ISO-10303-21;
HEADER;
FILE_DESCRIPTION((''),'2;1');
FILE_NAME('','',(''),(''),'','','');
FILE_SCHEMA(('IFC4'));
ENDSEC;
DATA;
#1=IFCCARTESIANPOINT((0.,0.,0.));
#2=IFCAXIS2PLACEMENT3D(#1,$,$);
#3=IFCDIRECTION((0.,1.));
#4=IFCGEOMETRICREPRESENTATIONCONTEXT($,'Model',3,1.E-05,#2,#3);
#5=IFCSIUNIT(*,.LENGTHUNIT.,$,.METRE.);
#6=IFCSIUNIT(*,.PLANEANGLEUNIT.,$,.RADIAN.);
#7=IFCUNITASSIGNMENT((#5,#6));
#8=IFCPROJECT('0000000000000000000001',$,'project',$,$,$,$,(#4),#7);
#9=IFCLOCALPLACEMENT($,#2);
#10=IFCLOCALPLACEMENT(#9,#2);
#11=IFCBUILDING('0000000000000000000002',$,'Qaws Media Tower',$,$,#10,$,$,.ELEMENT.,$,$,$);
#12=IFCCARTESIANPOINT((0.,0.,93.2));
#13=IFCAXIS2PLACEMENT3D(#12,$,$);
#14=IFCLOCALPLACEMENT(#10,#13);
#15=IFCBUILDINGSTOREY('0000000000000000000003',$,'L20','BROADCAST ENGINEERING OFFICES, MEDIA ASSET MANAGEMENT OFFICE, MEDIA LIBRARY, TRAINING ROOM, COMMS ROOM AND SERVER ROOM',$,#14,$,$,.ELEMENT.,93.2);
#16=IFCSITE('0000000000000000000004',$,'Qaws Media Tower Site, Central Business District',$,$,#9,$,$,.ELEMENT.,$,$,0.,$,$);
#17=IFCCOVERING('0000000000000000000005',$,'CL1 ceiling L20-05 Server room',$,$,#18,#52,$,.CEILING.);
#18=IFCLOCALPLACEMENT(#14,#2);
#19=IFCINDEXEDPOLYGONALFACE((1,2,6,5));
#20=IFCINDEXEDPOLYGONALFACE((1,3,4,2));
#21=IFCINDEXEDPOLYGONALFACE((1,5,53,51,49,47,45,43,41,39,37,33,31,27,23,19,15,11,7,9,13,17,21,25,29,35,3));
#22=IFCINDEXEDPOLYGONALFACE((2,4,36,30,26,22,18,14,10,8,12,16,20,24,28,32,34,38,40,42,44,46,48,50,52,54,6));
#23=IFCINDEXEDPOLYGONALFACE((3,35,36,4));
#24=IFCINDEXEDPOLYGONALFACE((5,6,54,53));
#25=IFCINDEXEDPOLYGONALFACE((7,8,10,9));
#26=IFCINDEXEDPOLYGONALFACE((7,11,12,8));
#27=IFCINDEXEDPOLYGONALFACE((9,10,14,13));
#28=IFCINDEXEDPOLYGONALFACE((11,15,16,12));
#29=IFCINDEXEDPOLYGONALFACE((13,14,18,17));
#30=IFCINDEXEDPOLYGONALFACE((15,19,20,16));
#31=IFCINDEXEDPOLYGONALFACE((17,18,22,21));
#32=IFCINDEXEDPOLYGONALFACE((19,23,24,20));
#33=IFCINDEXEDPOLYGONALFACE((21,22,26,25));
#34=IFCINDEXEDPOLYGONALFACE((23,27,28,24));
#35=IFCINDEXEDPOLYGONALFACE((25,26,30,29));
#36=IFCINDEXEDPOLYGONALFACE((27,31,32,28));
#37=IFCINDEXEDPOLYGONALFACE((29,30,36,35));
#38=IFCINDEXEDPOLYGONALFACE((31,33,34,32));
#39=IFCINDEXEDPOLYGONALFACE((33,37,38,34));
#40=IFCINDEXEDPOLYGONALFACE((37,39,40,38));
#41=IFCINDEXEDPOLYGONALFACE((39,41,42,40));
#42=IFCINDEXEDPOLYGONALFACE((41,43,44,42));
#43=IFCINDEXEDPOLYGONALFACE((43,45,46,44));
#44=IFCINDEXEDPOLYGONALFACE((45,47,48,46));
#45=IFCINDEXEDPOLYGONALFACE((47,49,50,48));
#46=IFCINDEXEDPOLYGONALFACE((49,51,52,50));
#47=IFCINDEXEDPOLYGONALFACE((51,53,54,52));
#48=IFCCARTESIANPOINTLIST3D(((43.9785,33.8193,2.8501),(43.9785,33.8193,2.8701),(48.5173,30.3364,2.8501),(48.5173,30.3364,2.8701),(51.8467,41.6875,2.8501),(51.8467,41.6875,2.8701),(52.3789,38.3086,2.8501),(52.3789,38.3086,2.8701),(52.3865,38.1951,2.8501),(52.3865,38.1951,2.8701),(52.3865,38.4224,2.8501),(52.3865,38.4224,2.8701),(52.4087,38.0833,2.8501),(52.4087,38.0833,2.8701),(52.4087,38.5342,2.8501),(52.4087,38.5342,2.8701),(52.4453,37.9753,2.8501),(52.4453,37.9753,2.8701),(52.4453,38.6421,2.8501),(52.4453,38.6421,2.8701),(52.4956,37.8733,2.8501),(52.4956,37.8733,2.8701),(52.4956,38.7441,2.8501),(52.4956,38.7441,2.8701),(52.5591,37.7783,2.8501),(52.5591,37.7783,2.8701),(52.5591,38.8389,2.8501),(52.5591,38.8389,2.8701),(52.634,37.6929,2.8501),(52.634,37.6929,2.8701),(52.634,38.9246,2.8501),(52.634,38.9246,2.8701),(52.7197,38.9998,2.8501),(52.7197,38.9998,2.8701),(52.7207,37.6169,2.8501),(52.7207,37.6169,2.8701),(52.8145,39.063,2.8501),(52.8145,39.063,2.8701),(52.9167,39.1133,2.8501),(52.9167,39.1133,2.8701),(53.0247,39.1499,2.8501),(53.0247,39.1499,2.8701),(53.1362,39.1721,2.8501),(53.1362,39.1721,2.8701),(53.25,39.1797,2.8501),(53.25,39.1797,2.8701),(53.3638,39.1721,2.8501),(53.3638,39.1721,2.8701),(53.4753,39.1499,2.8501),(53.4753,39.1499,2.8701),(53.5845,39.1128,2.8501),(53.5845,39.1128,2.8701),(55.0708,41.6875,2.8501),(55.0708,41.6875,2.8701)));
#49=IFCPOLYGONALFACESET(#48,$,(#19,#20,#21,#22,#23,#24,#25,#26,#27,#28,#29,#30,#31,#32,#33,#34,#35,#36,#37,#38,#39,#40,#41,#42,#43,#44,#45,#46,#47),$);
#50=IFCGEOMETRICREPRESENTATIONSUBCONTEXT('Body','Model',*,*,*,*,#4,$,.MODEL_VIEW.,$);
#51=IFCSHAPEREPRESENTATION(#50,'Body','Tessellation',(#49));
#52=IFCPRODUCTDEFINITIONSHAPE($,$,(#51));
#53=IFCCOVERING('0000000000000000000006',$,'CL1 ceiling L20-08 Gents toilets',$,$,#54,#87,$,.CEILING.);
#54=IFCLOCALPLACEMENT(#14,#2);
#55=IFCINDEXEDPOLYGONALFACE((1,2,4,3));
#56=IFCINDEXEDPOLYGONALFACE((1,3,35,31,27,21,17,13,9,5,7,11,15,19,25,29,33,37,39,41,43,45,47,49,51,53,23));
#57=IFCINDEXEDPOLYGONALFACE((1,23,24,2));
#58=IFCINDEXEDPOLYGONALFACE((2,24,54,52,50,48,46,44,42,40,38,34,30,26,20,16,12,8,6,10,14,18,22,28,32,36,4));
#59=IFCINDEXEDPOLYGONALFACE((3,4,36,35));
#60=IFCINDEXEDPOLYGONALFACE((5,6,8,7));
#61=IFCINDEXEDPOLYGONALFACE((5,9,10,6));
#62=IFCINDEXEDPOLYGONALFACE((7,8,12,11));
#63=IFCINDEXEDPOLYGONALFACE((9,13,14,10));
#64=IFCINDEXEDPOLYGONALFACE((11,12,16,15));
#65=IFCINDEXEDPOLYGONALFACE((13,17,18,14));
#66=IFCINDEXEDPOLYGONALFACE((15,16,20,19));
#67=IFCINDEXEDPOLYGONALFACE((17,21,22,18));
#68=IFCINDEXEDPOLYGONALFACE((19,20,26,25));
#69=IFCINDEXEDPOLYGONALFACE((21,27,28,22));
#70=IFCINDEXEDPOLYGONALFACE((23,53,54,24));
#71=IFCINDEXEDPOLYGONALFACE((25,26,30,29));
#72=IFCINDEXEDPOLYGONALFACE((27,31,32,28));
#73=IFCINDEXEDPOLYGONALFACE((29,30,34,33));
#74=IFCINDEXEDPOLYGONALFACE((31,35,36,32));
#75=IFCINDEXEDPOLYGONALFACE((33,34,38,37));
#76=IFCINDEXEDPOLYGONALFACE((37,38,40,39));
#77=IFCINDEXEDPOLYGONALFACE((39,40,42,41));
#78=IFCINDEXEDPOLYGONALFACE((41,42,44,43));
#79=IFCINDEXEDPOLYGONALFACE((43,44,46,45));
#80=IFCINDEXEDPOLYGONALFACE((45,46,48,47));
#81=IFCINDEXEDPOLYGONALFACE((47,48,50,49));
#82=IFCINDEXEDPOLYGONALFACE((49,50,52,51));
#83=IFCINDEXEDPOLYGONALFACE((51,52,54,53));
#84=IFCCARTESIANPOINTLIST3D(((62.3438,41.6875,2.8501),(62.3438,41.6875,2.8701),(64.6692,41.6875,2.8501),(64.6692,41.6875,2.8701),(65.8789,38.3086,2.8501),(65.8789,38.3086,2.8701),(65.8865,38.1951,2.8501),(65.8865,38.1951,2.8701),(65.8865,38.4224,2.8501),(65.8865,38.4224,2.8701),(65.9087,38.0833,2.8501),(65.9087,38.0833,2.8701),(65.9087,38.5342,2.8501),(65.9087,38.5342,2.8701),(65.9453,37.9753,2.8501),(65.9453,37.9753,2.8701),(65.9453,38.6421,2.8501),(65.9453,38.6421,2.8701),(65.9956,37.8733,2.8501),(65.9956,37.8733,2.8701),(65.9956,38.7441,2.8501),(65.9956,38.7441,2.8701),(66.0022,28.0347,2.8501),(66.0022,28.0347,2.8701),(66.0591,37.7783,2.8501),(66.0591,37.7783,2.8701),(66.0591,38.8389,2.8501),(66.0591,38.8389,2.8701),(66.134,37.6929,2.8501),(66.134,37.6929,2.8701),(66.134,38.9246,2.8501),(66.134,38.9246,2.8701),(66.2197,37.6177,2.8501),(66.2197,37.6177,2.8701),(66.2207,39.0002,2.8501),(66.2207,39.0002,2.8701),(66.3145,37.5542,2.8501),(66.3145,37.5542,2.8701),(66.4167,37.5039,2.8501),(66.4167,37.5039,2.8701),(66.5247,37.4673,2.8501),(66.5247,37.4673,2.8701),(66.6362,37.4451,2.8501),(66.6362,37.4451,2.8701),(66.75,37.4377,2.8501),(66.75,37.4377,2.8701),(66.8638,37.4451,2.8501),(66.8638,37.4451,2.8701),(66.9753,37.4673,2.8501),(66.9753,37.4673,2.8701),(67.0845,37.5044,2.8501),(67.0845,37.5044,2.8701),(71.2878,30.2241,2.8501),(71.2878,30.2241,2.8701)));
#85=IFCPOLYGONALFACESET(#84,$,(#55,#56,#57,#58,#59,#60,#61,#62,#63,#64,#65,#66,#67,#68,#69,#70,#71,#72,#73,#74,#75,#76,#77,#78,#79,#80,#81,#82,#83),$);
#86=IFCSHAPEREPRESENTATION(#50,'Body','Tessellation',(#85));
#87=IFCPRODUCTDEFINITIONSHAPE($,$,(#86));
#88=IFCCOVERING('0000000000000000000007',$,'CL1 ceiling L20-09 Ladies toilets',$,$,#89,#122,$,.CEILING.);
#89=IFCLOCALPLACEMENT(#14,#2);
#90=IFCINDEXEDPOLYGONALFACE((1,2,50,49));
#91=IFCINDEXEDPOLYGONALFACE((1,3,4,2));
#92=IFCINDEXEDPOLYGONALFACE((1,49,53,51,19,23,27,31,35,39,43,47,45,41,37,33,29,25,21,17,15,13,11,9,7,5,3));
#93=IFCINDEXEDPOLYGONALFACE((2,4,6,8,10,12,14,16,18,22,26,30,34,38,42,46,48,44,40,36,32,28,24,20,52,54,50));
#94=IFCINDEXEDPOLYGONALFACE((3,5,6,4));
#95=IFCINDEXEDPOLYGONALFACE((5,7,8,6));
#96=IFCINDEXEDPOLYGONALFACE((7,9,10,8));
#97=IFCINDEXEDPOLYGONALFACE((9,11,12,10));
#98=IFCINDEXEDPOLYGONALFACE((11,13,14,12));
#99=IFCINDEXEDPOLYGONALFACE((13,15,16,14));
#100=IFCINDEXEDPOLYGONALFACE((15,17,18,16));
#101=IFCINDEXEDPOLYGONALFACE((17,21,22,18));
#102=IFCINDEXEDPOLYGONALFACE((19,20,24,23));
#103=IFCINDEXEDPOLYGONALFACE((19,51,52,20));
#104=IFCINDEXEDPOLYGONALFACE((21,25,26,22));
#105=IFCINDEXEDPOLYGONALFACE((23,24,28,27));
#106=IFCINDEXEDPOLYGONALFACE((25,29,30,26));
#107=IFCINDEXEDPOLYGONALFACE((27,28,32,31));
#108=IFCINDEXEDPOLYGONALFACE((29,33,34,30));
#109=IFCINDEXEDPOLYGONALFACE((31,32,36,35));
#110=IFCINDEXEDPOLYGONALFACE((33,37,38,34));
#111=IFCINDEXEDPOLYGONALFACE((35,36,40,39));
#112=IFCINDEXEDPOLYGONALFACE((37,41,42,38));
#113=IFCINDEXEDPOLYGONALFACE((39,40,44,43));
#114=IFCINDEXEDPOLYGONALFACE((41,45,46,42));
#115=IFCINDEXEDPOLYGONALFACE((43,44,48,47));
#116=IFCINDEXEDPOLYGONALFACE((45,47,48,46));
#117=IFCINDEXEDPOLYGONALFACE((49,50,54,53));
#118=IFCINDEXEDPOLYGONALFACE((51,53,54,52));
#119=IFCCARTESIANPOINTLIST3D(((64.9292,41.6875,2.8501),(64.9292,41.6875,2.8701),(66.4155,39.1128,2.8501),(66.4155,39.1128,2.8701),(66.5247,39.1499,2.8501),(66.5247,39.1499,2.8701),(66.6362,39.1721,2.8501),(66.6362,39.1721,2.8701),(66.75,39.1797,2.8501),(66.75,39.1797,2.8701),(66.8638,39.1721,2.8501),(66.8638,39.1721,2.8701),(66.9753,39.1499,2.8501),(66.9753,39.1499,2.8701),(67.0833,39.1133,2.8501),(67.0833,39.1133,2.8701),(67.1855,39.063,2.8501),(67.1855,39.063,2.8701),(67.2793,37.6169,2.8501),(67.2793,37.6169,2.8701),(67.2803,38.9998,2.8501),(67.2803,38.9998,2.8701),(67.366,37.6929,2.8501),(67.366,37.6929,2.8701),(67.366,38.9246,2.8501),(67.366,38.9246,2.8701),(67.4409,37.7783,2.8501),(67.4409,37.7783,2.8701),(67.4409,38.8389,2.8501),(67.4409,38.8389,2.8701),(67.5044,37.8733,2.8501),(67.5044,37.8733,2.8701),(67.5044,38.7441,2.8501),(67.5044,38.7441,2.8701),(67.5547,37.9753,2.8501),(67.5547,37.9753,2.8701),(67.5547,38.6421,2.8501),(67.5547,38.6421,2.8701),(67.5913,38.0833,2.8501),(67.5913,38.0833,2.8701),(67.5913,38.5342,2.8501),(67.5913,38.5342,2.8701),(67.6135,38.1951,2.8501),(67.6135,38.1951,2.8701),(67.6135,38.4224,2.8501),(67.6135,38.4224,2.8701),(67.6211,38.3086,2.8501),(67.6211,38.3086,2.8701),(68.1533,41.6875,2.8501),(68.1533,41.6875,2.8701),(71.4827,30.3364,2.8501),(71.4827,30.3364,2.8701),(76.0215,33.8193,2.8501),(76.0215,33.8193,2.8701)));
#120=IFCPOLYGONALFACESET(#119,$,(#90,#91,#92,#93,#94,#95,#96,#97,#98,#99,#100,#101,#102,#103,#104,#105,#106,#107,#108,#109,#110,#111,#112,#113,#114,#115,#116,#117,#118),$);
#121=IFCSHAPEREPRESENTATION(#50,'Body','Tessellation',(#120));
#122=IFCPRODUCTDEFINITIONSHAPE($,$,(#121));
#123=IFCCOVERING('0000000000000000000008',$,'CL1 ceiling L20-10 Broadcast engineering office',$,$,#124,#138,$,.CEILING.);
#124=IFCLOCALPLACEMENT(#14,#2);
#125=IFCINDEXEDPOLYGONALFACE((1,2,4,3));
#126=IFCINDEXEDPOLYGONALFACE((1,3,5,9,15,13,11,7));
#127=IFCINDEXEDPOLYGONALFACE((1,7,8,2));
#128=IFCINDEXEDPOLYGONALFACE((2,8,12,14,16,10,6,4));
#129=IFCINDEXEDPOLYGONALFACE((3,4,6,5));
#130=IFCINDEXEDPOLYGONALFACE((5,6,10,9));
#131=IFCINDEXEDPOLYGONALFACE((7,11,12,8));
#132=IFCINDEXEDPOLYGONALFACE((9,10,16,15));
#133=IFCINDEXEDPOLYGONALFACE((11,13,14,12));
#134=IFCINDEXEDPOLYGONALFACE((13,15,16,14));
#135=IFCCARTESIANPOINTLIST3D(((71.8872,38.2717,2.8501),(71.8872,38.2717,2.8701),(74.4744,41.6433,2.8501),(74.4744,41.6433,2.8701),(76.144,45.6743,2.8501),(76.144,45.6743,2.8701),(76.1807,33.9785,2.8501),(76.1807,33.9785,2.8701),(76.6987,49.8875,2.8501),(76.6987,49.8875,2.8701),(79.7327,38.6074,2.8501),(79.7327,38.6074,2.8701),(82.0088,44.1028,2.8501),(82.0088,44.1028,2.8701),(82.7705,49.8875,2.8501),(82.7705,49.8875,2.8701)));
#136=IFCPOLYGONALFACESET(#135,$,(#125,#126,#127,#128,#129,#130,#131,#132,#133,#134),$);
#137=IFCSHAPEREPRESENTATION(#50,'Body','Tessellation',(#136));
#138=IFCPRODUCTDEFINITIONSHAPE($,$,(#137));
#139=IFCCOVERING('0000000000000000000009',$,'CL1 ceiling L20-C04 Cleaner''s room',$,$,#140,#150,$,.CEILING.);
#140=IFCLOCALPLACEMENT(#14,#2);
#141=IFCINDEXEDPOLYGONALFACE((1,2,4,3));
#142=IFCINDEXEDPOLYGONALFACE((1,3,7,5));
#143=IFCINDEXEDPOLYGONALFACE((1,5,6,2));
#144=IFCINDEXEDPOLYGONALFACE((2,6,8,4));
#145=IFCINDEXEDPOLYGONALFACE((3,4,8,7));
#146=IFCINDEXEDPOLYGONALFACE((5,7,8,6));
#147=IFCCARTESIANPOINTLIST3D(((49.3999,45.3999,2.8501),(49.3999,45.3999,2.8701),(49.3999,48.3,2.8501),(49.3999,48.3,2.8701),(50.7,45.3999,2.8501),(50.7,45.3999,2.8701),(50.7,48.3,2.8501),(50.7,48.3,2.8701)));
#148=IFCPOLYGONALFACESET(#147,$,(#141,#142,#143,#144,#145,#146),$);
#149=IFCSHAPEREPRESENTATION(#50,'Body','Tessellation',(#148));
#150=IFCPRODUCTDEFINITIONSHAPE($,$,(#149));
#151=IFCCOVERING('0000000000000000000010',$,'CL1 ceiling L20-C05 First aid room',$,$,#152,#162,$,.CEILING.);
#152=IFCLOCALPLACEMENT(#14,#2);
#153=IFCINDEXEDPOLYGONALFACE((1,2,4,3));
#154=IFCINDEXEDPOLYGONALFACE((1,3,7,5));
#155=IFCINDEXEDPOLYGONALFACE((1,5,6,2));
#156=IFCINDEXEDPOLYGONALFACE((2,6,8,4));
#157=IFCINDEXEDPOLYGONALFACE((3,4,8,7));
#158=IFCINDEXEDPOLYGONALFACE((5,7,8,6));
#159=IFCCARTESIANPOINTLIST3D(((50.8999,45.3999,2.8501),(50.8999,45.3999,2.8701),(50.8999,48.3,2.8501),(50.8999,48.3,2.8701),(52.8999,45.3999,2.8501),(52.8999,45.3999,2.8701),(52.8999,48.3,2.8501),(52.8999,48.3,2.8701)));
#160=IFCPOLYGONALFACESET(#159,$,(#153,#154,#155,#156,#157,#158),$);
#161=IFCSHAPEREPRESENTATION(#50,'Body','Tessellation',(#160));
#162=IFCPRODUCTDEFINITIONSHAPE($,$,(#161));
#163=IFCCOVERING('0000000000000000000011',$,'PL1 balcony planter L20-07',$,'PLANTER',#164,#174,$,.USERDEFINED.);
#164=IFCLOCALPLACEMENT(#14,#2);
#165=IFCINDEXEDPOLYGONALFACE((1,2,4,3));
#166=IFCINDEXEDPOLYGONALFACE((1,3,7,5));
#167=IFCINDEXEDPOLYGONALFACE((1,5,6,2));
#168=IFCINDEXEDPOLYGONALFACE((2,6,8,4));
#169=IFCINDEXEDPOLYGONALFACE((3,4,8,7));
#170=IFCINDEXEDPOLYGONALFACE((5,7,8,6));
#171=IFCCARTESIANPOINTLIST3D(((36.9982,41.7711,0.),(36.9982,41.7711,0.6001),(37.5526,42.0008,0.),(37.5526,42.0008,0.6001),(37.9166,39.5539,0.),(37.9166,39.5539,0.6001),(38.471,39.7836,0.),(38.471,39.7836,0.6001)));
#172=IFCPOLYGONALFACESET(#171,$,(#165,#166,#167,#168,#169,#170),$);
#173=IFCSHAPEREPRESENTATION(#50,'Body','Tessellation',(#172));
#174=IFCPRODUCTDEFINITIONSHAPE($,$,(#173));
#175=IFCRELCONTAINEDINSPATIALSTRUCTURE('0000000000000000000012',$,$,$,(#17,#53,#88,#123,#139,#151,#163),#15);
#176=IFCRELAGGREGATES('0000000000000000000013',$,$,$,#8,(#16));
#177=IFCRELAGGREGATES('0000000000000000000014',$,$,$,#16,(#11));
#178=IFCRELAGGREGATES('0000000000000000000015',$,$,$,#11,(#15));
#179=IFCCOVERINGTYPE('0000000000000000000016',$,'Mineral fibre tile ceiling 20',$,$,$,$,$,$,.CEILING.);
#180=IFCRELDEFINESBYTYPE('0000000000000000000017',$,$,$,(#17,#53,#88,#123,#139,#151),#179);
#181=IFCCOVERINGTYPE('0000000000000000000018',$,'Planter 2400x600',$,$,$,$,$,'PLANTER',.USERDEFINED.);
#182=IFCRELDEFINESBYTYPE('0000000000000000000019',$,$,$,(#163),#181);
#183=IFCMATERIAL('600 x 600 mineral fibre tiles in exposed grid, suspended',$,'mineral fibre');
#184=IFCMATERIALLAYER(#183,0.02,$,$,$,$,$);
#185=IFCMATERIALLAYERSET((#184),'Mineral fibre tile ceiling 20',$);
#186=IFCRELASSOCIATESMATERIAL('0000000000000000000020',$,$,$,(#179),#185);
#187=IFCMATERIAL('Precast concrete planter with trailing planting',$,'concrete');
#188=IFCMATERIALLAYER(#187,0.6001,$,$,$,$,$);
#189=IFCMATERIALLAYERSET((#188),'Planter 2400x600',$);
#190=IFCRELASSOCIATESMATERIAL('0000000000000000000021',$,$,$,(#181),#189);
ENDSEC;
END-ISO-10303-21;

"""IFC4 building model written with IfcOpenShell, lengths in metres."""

from ifc_helpers import new_model, si_unit, direction, frame, origin, origin_2d, place, context, subcontext, project, spatial, polyline, rectangle, outline, extrude, material, layer, layer_set, type_object, element, save


model = new_model("IFC4")

# Units and contexts
model_context = context("Model", 3, precision=1e-05, world=origin(), true_north=direction((0.0, 1.0)))
body_context = subcontext(model_context, "Body", "Model", "MODEL_VIEW")
ifc_project = project(units=[si_unit("LENGTHUNIT", "METRE"), si_unit("PLANEANGLEUNIT", "RADIAN")], contexts=[model_context])

# Site, building, storey
site_placement = place(None, origin())
site = spatial("IfcSite", under=ifc_project, at=site_placement, Name="Qaws Media Tower Site, Central Business District", CompositionType="ELEMENT", RefElevation=0.0)
building_placement = place(site_placement, origin())
building = spatial("IfcBuilding", under=site, at=building_placement, Name="Qaws Media Tower", CompositionType="ELEMENT")
storey_placement = place(building_placement, frame((0.0, 0.0, 93.2)))
storey = spatial("IfcBuildingStorey", under=building, at=storey_placement, Name="L20", Description="BROADCAST ENGINEERING OFFICES, MEDIA ASSET MANAGEMENT OFFICE, MEDIA LIBRARY, TRAINING ROOM, COMMS ROOM AND SERVER ROOM", CompositionType="ELEMENT", Elevation=93.2)

# Coverings
ifc_material_1 = material(Name="600 x 600 mineral fibre tiles in exposed grid, suspended", Category="mineral fibre")
ifc_layer_1 = layer(ifc_material_1, 0.02)
ifc_layer_set_1 = layer_set([ifc_layer_1], Name="Mineral fibre tile ceiling 20")
covering_type_1 = type_object("IfcCoveringType", Name="Mineral fibre tile ceiling 20", PredefinedType="CEILING", material=ifc_layer_set_1)
covering_1_placement = place(storey_placement, frame((0.0, 0.0, 2.8501)))
element("IfcCovering", 1, at=covering_1_placement, inside=storey, type_object=covering_type_1, Name="CL1 ceiling L20-05 Server room", PredefinedType="CEILING", context=body_context, shape_type="SweptSolid", body=[
    extrude(outline(polyline([(43.9785, 33.8193), (51.8467, 41.6875), (55.0708, 41.6875), (53.5845, 39.1128), (53.4753, 39.1499), (53.3638, 39.1721), (53.25, 39.1797), (53.1362, 39.1721), (53.0247, 39.1499), (52.9167, 39.1133), (52.8145, 39.063), (52.7197, 38.9998), (52.634, 38.9246), (52.5591, 38.8389), (52.4956, 38.7441), (52.4453, 38.6421), (52.4087, 38.5342), (52.3865, 38.4224), (52.3789, 38.3086), (52.3865, 38.1951), (52.4087, 38.0833), (52.4453, 37.9753), (52.4956, 37.8733), (52.5591, 37.7783), (52.634, 37.6929), (52.7207, 37.6169), (48.5173, 30.3364), (43.9785, 33.8193)])), origin(), (0.0, 0.0, 1.0), 0.02),
])
covering_2_placement = place(storey_placement, frame((0.0, 0.0, 2.8501)))
element("IfcCovering", 2, at=covering_2_placement, inside=storey, type_object=covering_type_1, Name="CL1 ceiling L20-08 Gents toilets", PredefinedType="CEILING", context=body_context, shape_type="SweptSolid", body=[
    extrude(outline(polyline([(66.0022, 28.0347), (62.3438, 41.6875), (64.6692, 41.6875), (66.2207, 39.0002), (66.134, 38.9246), (66.0591, 38.8389), (65.9956, 38.7441), (65.9453, 38.6421), (65.9087, 38.5342), (65.8865, 38.4224), (65.8789, 38.3086), (65.8865, 38.1951), (65.9087, 38.0833), (65.9453, 37.9753), (65.9956, 37.8733), (66.0591, 37.7783), (66.134, 37.6929), (66.2197, 37.6177), (66.3145, 37.5542), (66.4167, 37.5039), (66.5247, 37.4673), (66.6362, 37.4451), (66.75, 37.4377), (66.8638, 37.4451), (66.9753, 37.4673), (67.0845, 37.5044), (71.2878, 30.2241), (66.0022, 28.0347)])), origin(), (0.0, 0.0, 1.0), 0.02),
])
covering_3_placement = place(storey_placement, frame((0.0, 0.0, 2.8501)))
element("IfcCovering", 3, at=covering_3_placement, inside=storey, type_object=covering_type_1, Name="CL1 ceiling L20-09 Ladies toilets", PredefinedType="CEILING", context=body_context, shape_type="SweptSolid", body=[
    extrude(outline(polyline([(71.4827, 30.3364), (67.2793, 37.6169), (67.366, 37.6929), (67.4409, 37.7783), (67.5044, 37.8733), (67.5547, 37.9753), (67.5913, 38.0833), (67.6135, 38.1951), (67.6211, 38.3086), (67.6135, 38.4224), (67.5913, 38.5342), (67.5547, 38.6421), (67.5044, 38.7441), (67.4409, 38.8389), (67.366, 38.9246), (67.2803, 38.9998), (67.1855, 39.063), (67.0833, 39.1133), (66.9753, 39.1499), (66.8638, 39.1721), (66.75, 39.1797), (66.6362, 39.1721), (66.5247, 39.1499), (66.4155, 39.1128), (64.9292, 41.6875), (68.1533, 41.6875), (76.0215, 33.8193), (71.4827, 30.3364)])), origin(), (0.0, 0.0, 1.0), 0.02),
])
covering_4_placement = place(storey_placement, frame((0.0, 0.0, 2.8501)))
element("IfcCovering", 4, at=covering_4_placement, inside=storey, type_object=covering_type_1, Name="CL1 ceiling L20-10 Broadcast engineering office", PredefinedType="CEILING", context=body_context, shape_type="SweptSolid", body=[
    extrude(outline(polyline([(82.0088, 44.1028), (79.7327, 38.6074), (76.1807, 33.9785), (71.8872, 38.2717), (74.4744, 41.6433), (76.144, 45.6743), (76.6987, 49.8875), (82.7705, 49.8875), (82.0088, 44.1028)])), origin(), (0.0, 0.0, 1.0), 0.02),
])
covering_5_placement = place(storey_placement, frame((0.0, 0.0, 2.8501)))
element("IfcCovering", 5, at=covering_5_placement, inside=storey, type_object=covering_type_1, Name="CL1 ceiling L20-C04 Cleaner's room", PredefinedType="CEILING", context=body_context, shape_type="SweptSolid", body=[
    extrude(outline(polyline([(49.3999, 45.3999), (49.3999, 48.3), (50.7, 48.3), (50.7, 45.3999), (49.3999, 45.3999)])), origin(), (0.0, 0.0, 1.0), 0.02),
])
covering_6_placement = place(storey_placement, frame((0.0, 0.0, 2.8501)))
element("IfcCovering", 6, at=covering_6_placement, inside=storey, type_object=covering_type_1, Name="CL1 ceiling L20-C05 First aid room", PredefinedType="CEILING", context=body_context, shape_type="SweptSolid", body=[
    extrude(outline(polyline([(50.8999, 45.3999), (50.8999, 48.3), (52.8999, 48.3), (52.8999, 45.3999), (50.8999, 45.3999)])), origin(), (0.0, 0.0, 1.0), 0.02),
])
ifc_material_2 = material(Name="Precast concrete planter with trailing planting", Category="concrete")
ifc_layer_2 = layer(ifc_material_2, 0.6001)
ifc_layer_set_2 = layer_set([ifc_layer_2], Name="Planter 2400x600")
covering_type_2 = type_object("IfcCoveringType", Name="Planter 2400x600", ElementType="PLANTER", PredefinedType="USERDEFINED", material=ifc_layer_set_2)
covering_7_placement = place(storey_placement, frame((37.7346, 40.7773, 0.0), z_axis=(0.0, 0.0, 1.0), x_axis=(0.382683, -0.92388, 0.0)))
element("IfcCovering", 7, at=covering_7_placement, inside=storey, type_object=covering_type_2, Name="PL1 balcony planter L20-07", ObjectType="PLANTER", PredefinedType="USERDEFINED", context=body_context, shape_type="SweptSolid", body=[
    extrude(rectangle(XDim=2.3999, YDim=0.6001, at=origin_2d()), origin(), (0.0, 0.0, 1.0), 0.6001),
])

save(model, "model.ifc")
